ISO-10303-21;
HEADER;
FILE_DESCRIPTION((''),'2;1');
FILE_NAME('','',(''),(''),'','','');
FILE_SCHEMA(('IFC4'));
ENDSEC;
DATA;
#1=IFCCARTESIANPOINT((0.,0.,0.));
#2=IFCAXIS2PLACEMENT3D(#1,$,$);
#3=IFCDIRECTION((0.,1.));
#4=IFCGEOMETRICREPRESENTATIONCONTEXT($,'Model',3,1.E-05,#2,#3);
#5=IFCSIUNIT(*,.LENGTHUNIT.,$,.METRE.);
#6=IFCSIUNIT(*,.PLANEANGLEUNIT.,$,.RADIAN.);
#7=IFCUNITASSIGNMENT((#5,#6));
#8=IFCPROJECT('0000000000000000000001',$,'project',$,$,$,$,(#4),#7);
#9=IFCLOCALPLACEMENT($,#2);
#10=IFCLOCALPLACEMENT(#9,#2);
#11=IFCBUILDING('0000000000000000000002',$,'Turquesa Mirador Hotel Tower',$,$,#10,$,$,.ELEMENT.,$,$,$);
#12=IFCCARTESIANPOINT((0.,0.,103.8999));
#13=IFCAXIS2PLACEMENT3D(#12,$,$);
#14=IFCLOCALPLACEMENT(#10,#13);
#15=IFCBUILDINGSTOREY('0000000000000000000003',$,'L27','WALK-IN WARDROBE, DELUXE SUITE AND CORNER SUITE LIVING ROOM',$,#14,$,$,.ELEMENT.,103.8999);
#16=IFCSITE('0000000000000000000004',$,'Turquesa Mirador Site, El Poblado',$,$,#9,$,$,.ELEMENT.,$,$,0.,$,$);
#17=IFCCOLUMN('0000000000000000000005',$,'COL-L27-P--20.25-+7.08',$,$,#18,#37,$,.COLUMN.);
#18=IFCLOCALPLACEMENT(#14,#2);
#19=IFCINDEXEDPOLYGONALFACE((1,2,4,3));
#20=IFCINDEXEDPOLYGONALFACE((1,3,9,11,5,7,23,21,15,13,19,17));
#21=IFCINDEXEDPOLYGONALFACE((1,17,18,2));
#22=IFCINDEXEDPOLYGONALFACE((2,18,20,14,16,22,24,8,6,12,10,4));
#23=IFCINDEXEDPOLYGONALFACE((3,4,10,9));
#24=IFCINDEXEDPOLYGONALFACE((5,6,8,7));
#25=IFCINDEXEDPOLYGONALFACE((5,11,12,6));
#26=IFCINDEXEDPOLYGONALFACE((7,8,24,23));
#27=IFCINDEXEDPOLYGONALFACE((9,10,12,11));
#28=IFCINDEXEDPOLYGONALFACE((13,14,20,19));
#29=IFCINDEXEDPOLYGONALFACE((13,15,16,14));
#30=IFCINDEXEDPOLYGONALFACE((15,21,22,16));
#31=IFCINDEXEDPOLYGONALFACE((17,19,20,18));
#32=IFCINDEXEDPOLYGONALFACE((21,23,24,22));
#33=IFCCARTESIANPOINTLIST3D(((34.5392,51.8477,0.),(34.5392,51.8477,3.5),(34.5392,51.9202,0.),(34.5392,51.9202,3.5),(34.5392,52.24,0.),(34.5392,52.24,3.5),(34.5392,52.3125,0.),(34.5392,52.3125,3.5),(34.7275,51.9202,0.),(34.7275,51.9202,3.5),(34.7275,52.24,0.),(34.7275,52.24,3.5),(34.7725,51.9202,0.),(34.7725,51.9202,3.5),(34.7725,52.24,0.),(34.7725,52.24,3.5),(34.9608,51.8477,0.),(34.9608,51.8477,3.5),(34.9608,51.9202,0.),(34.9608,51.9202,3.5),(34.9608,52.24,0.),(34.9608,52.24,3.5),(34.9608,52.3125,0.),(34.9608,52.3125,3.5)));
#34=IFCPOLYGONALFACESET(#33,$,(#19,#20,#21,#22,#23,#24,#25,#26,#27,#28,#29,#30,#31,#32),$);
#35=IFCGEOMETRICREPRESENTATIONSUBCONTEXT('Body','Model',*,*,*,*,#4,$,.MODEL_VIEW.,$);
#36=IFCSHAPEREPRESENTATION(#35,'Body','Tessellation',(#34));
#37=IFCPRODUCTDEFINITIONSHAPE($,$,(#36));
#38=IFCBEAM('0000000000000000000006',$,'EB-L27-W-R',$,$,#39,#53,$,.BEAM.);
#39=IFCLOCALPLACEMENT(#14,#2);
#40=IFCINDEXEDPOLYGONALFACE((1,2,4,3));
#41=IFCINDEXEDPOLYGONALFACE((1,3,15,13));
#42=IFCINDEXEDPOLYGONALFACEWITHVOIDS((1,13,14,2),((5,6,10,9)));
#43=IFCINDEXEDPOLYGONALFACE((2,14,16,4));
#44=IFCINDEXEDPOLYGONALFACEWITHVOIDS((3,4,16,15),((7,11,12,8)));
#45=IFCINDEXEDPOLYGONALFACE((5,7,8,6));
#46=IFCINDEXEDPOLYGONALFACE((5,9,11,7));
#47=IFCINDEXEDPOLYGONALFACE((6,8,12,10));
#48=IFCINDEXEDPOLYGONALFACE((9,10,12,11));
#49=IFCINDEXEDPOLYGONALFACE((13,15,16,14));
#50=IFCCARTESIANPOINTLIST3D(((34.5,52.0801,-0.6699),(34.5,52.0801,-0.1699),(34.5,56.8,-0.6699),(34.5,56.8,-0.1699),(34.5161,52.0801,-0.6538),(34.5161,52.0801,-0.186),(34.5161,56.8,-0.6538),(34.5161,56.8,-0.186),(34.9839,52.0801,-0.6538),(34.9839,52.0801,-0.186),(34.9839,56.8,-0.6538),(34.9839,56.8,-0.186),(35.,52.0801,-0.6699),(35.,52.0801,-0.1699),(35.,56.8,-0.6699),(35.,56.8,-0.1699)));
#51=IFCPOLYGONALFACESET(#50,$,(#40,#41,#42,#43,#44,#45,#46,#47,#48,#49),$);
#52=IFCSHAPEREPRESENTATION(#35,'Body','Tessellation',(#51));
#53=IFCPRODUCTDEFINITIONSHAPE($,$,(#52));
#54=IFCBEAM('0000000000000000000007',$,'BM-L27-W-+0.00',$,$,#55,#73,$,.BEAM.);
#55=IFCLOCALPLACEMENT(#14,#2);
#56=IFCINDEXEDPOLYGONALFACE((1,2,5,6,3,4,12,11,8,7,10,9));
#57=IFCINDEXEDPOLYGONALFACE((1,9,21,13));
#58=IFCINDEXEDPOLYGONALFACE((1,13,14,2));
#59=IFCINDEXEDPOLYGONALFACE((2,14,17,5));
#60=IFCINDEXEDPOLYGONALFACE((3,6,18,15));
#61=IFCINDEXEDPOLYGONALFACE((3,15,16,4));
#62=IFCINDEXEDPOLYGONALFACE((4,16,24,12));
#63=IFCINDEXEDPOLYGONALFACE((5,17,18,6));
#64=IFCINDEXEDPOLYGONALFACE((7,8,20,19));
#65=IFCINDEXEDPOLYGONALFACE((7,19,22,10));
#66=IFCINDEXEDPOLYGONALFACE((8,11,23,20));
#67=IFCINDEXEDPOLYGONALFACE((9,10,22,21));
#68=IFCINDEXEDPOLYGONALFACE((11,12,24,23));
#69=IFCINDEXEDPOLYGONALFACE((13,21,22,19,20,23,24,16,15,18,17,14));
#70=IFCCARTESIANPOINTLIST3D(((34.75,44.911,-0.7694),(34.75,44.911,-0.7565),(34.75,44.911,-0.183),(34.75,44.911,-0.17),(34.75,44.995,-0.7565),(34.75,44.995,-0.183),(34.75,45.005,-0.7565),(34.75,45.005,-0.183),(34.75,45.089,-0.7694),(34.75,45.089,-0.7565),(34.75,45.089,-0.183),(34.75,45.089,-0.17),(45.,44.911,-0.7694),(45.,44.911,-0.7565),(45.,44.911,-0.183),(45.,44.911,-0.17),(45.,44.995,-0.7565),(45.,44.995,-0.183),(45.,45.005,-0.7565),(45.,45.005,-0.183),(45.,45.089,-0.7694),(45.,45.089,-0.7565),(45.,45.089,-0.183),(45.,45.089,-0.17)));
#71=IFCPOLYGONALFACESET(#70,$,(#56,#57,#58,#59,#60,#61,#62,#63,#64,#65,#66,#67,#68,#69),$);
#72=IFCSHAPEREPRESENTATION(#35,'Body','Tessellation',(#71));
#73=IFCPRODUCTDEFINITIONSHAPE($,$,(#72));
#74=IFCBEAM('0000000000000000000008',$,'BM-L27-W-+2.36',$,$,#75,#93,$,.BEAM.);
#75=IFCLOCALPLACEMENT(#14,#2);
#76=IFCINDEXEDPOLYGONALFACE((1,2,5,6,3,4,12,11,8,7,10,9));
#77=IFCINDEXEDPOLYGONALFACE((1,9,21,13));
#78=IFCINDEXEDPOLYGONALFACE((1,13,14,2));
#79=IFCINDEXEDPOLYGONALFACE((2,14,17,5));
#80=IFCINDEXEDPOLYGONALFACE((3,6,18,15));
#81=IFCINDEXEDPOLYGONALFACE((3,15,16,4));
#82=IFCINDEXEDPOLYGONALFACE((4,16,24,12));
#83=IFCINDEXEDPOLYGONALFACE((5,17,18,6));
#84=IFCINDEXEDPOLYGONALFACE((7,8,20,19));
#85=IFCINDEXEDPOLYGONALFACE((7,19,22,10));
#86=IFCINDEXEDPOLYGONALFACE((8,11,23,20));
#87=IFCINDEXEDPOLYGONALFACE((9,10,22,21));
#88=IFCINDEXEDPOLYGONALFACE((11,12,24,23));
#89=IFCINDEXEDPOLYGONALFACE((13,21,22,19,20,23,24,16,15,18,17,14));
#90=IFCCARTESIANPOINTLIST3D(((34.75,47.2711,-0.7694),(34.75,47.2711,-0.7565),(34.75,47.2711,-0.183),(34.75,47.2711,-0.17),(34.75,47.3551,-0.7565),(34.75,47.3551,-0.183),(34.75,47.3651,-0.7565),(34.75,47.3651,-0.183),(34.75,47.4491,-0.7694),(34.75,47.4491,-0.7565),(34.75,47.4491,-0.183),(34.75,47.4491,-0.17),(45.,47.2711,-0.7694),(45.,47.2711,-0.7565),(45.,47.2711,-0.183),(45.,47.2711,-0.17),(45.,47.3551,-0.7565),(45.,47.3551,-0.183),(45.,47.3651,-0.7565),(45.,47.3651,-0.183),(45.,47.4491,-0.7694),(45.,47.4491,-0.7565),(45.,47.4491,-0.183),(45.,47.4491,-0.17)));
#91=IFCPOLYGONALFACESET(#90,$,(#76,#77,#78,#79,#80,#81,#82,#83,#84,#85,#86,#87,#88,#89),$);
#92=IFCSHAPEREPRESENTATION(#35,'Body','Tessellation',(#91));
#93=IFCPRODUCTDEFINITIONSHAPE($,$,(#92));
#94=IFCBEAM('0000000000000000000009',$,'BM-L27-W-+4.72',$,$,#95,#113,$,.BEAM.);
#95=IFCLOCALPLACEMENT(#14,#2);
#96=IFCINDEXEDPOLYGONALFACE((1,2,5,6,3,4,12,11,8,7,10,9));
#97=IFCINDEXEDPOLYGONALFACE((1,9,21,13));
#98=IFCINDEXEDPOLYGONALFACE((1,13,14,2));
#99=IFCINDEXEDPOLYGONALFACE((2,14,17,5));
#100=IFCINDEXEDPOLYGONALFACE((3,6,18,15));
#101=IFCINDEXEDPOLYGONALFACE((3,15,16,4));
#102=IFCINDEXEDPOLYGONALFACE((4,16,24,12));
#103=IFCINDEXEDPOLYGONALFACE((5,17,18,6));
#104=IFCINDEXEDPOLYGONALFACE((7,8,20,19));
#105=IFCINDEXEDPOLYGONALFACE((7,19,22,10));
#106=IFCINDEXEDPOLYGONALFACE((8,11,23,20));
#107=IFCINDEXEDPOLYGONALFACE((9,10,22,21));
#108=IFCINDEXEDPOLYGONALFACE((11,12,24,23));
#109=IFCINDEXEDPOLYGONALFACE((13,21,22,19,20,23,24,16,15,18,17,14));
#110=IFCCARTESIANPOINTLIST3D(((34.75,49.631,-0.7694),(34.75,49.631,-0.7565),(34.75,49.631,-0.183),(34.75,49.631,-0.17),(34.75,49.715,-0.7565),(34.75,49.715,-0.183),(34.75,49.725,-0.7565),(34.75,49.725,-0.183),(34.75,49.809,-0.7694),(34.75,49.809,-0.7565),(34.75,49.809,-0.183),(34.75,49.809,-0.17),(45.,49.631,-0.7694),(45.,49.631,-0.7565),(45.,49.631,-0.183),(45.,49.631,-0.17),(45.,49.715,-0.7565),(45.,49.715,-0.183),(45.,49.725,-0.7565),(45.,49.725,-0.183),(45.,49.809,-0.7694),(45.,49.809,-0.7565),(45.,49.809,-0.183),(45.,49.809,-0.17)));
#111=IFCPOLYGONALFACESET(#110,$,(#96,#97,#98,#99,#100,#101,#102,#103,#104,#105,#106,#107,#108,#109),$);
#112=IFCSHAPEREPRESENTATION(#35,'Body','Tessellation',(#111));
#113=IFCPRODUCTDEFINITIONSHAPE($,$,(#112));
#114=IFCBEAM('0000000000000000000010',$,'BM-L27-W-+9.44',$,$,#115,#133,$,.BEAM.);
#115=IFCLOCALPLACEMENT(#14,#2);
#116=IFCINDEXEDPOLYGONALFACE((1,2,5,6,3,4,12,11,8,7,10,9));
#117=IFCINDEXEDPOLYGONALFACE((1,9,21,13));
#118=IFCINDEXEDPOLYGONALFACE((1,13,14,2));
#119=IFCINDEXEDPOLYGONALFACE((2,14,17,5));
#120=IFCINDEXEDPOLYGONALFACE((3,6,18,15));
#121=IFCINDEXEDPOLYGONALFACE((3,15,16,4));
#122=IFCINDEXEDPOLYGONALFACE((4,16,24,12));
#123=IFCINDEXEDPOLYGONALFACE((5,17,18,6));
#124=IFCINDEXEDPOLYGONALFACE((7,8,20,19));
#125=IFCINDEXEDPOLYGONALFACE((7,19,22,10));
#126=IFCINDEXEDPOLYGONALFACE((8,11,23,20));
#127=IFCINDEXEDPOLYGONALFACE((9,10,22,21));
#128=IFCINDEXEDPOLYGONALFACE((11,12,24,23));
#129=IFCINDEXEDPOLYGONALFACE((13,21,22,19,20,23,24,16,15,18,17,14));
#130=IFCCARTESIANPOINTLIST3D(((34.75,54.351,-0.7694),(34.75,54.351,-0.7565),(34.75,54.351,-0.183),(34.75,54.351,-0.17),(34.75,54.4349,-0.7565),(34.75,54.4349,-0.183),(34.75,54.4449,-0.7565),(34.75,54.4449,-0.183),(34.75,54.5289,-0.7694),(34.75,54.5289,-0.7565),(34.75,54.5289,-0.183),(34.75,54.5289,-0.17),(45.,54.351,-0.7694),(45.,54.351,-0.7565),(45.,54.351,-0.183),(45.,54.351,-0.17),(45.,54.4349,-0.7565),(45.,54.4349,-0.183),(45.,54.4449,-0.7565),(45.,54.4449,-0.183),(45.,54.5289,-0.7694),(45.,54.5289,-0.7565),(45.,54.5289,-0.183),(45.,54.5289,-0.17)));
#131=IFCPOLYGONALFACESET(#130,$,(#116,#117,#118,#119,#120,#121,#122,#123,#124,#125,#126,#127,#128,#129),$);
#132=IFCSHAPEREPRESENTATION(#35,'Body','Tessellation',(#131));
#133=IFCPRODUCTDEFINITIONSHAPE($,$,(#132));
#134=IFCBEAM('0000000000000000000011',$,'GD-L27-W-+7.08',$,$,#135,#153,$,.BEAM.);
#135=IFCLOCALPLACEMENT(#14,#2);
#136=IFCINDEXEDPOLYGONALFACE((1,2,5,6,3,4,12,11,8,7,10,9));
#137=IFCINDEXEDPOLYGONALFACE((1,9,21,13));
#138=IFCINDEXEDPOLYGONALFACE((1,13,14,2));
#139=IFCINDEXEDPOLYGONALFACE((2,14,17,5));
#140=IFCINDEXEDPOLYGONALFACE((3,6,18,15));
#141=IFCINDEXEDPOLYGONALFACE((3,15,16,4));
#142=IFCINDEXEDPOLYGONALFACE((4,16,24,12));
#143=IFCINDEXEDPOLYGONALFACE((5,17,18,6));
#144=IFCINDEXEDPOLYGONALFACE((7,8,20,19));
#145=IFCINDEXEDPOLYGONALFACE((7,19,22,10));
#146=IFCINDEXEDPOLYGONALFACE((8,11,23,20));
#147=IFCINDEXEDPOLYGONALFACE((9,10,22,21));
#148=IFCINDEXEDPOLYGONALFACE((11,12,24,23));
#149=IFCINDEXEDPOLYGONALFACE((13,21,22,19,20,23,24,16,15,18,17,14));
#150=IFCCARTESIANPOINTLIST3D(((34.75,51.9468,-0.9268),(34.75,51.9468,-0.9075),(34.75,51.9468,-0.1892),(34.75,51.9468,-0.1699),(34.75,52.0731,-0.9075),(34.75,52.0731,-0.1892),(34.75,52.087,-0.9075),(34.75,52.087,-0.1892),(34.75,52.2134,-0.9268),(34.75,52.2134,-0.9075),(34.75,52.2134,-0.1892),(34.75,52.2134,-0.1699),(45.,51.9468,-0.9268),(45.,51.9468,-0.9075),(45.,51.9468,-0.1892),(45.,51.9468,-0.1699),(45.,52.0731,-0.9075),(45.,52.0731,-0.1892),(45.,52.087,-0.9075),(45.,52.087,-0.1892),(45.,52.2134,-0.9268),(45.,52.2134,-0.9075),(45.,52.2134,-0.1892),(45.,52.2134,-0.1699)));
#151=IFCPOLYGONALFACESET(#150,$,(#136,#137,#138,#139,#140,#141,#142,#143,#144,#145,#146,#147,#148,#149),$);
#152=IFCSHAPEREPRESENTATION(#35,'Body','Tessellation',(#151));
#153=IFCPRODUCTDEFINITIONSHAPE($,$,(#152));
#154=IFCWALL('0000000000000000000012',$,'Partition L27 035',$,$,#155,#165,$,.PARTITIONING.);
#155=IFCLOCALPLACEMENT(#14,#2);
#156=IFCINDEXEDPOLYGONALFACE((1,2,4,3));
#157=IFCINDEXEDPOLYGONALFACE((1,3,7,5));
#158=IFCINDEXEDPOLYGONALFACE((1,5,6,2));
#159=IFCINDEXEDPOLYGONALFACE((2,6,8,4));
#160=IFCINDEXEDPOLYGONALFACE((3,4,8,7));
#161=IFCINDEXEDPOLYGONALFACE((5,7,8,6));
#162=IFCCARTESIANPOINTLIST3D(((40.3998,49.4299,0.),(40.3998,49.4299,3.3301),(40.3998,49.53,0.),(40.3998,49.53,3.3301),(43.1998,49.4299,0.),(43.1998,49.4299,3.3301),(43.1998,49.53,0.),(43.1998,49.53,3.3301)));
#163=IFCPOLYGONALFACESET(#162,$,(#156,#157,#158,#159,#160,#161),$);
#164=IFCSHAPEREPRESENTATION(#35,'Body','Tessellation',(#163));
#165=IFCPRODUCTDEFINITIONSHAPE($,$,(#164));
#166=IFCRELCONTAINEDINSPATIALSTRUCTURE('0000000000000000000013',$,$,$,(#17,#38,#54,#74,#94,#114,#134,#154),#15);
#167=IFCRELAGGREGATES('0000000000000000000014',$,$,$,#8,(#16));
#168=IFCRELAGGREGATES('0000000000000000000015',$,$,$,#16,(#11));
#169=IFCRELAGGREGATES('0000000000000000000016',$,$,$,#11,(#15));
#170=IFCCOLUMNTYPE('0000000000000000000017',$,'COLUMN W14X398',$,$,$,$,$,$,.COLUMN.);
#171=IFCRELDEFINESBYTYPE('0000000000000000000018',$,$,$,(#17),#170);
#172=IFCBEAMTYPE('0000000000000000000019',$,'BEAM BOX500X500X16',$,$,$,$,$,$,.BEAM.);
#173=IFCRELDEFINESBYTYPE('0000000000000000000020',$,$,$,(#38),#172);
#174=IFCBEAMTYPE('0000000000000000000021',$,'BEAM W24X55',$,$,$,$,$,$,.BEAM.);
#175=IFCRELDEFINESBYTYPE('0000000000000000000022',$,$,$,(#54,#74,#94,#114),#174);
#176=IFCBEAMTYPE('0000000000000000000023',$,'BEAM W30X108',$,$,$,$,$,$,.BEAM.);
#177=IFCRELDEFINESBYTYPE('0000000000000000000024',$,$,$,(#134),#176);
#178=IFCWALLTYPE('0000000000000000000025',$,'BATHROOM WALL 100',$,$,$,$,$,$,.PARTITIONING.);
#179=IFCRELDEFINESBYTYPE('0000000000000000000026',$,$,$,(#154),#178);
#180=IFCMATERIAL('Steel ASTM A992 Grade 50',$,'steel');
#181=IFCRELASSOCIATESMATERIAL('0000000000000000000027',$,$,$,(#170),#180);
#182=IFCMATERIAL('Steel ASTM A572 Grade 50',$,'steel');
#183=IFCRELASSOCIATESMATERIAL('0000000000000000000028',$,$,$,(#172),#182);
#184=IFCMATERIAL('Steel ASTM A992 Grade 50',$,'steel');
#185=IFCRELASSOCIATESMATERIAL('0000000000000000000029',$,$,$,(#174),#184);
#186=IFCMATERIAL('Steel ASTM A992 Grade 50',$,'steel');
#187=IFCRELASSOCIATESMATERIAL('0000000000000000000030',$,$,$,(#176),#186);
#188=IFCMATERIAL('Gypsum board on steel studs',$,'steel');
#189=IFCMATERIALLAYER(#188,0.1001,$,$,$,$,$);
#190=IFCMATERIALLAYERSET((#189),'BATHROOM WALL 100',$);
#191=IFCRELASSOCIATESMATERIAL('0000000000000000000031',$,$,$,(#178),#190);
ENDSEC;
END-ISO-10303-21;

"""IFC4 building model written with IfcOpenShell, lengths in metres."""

from ifc_helpers import new_model, si_unit, direction, frame, frame_2d, origin, origin_2d, place, context, subcontext, project, spatial, rectangle, hollow_rectangle, i_section, extrude, material, layer, layer_set, material_profile, profile_set, type_object, element, save


model = new_model("IFC4")

# Units and contexts
model_context = context("Model", 3, precision=1e-05, world=origin(), true_north=direction((0.0, 1.0)))
body_context = subcontext(model_context, "Body", "Model", "MODEL_VIEW")
ifc_project = project(units=[si_unit("LENGTHUNIT", "METRE"), si_unit("PLANEANGLEUNIT", "RADIAN")], contexts=[model_context])

# Site, building, storey
site_placement = place(None, origin())
site = spatial("IfcSite", under=ifc_project, at=site_placement, Name="Turquesa Mirador Site, El Poblado", CompositionType="ELEMENT", RefElevation=0.0)
building_placement = place(site_placement, origin())
building = spatial("IfcBuilding", under=site, at=building_placement, Name="Turquesa Mirador Hotel Tower", CompositionType="ELEMENT")
storey_placement = place(building_placement, frame((0.0, 0.0, 103.8999)))
storey = spatial("IfcBuildingStorey", under=building, at=storey_placement, Name="L27", Description="WALK-IN WARDROBE, DELUXE SUITE AND CORNER SUITE LIVING ROOM", CompositionType="ELEMENT", Elevation=103.8999)

# Column
ifc_material_1 = material(Name="Steel ASTM A992 Grade 50", Category="steel")
ifc_material_profile_1 = material_profile(ifc_material_1, i_section(OverallWidth=0.4216, OverallDepth=0.4648, WebThickness=0.0449, FlangeThickness=0.0725, at=origin_2d()), Name="W14X398")
ifc_profile_set_1 = profile_set([ifc_material_profile_1], Name="Steel ASTM A992 Grade 50")
column_type = type_object("IfcColumnType", Name="COLUMN W14X398", PredefinedType="COLUMN", material=ifc_profile_set_1)
column_placement = place(storey_placement, frame((34.75, 52.0801, 0.0), z_axis=(0.0, 0.0, 1.0), x_axis=(1.0, 0.0, 0.0)))
element("IfcColumn", 1, at=column_placement, inside=storey, type_object=column_type, Name="COL-L27-P--20.25-+7.08", PredefinedType="COLUMN", context=body_context, shape_type="SweptSolid", body=[
    extrude(i_section(OverallWidth=0.4216, OverallDepth=0.4648, WebThickness=0.0449, FlangeThickness=0.0725, at=origin_2d()), origin(), (0.0, 0.0, 1.0), 3.5),
])

# Beams
ifc_material_2 = material(Name="Steel ASTM A572 Grade 50", Category="steel")
ifc_material_profile_2 = material_profile(ifc_material_2, hollow_rectangle(XDim=0.5, YDim=0.5, WallThickness=0.0161, at=origin_2d()), Name="BOX500X500X16")
ifc_profile_set_2 = profile_set([ifc_material_profile_2], Name="Steel ASTM A572 Grade 50")
beam_type_1 = type_object("IfcBeamType", Name="BEAM BOX500X500X16", PredefinedType="BEAM", material=ifc_profile_set_2)
beam_1_placement = place(storey_placement, frame((34.75, 52.0801, -0.4199), z_axis=(0.0, 1.0, 0.0), x_axis=(-1.0, 0.0, 0.0)))
element("IfcBeam", 2, at=beam_1_placement, inside=storey, type_object=beam_type_1, Name="EB-L27-W-R", PredefinedType="BEAM", context=body_context, shape_type="SweptSolid", body=[
    extrude(hollow_rectangle(XDim=0.5, YDim=0.5, WallThickness=0.0161, at=origin_2d()), origin(), (0.0, 0.0, 1.0), 4.72),
])
ifc_material_3 = material(Name="Steel ASTM A992 Grade 50", Category="steel")
ifc_material_profile_3 = material_profile(ifc_material_3, i_section(OverallWidth=0.178, OverallDepth=0.5994, WebThickness=0.01, FlangeThickness=0.0129, at=origin_2d()), Name="W24X55")
ifc_profile_set_3 = profile_set([ifc_material_profile_3], Name="Steel ASTM A992 Grade 50")
beam_type_2 = type_object("IfcBeamType", Name="BEAM W24X55", PredefinedType="BEAM", material=ifc_profile_set_3)
for number, where, z_axis, x_axis, name in (
    (3, (34.75, 45.0, -0.4697), (1.0, 0.0, 0.0), (0.0, 1.0, 0.0), "BM-L27-W-+0.00"),
    (4, (34.75, 47.3601, -0.4697), (1.0, 0.0, 0.0), (0.0, 1.0, 0.0), "BM-L27-W-+2.36"),
    (5, (34.75, 49.72, -0.4697), (1.0, 0.0, 0.0), (0.0, 1.0, 0.0), "BM-L27-W-+4.72"),
    (6, (34.75, 54.4399, -0.4697), (1.0, 0.0, 0.0), (0.0, 1.0, 0.0), "BM-L27-W-+9.44"),
):
    element("IfcBeam", number, at=place(storey_placement, frame(where, z_axis=z_axis, x_axis=x_axis)), inside=storey, type_object=beam_type_2, Name=name, PredefinedType="BEAM", context=body_context, shape_type="SweptSolid", body=[
        extrude(i_section(OverallWidth=0.178, OverallDepth=0.5994, WebThickness=0.01, FlangeThickness=0.0129, at=origin_2d()), origin(), (0.0, 0.0, 1.0), 10.25),
    ])
ifc_material_4 = material(Name="Steel ASTM A992 Grade 50", Category="steel")
ifc_material_profile_4 = material_profile(ifc_material_4, i_section(OverallWidth=0.2666, OverallDepth=0.7568, WebThickness=0.0139, FlangeThickness=0.0193, at=origin_2d()), Name="W30X108")
ifc_profile_set_4 = profile_set([ifc_material_profile_4], Name="Steel ASTM A992 Grade 50")
beam_type_3 = type_object("IfcBeamType", Name="BEAM W30X108", PredefinedType="BEAM", material=ifc_profile_set_4)
beam_2_placement = place(storey_placement, frame((34.75, 52.0801, -0.5483), z_axis=(1.0, 0.0, 0.0), x_axis=(0.0, 1.0, 0.0)))
element("IfcBeam", 7, at=beam_2_placement, inside=storey, type_object=beam_type_3, Name="GD-L27-W-+7.08", PredefinedType="BEAM", context=body_context, shape_type="SweptSolid", body=[
    extrude(i_section(OverallWidth=0.2666, OverallDepth=0.7568, WebThickness=0.0139, FlangeThickness=0.0193, at=origin_2d()), origin(), (0.0, 0.0, 1.0), 10.25),
])

# Wall
ifc_material_5 = material(Name="Gypsum board on steel studs", Category="steel")
ifc_layer_1 = layer(ifc_material_5, 0.1001)
ifc_layer_set_1 = layer_set([ifc_layer_1], Name="BATHROOM WALL 100")
wall_type_1 = type_object("IfcWallType", Name="BATHROOM WALL 100", PredefinedType="PARTITIONING", material=ifc_layer_set_1)
wall_1_placement = place(storey_placement, frame((40.3999, 49.48, 0.0), z_axis=(0.0, 0.0, 1.0), x_axis=(1.0, 0.0, 0.0)))
element("IfcWall", 8, at=wall_1_placement, inside=storey, type_object=wall_type_1, Name="Partition L27 035", PredefinedType="PARTITIONING", context=body_context, shape_type="SweptSolid", body=[
    extrude(rectangle(XDim=2.8, YDim=0.1001, at=frame_2d((1.3999, 0.0))), origin(), (0.0, 0.0, 1.0), 3.3301),
])

save(model, "model.ifc")
